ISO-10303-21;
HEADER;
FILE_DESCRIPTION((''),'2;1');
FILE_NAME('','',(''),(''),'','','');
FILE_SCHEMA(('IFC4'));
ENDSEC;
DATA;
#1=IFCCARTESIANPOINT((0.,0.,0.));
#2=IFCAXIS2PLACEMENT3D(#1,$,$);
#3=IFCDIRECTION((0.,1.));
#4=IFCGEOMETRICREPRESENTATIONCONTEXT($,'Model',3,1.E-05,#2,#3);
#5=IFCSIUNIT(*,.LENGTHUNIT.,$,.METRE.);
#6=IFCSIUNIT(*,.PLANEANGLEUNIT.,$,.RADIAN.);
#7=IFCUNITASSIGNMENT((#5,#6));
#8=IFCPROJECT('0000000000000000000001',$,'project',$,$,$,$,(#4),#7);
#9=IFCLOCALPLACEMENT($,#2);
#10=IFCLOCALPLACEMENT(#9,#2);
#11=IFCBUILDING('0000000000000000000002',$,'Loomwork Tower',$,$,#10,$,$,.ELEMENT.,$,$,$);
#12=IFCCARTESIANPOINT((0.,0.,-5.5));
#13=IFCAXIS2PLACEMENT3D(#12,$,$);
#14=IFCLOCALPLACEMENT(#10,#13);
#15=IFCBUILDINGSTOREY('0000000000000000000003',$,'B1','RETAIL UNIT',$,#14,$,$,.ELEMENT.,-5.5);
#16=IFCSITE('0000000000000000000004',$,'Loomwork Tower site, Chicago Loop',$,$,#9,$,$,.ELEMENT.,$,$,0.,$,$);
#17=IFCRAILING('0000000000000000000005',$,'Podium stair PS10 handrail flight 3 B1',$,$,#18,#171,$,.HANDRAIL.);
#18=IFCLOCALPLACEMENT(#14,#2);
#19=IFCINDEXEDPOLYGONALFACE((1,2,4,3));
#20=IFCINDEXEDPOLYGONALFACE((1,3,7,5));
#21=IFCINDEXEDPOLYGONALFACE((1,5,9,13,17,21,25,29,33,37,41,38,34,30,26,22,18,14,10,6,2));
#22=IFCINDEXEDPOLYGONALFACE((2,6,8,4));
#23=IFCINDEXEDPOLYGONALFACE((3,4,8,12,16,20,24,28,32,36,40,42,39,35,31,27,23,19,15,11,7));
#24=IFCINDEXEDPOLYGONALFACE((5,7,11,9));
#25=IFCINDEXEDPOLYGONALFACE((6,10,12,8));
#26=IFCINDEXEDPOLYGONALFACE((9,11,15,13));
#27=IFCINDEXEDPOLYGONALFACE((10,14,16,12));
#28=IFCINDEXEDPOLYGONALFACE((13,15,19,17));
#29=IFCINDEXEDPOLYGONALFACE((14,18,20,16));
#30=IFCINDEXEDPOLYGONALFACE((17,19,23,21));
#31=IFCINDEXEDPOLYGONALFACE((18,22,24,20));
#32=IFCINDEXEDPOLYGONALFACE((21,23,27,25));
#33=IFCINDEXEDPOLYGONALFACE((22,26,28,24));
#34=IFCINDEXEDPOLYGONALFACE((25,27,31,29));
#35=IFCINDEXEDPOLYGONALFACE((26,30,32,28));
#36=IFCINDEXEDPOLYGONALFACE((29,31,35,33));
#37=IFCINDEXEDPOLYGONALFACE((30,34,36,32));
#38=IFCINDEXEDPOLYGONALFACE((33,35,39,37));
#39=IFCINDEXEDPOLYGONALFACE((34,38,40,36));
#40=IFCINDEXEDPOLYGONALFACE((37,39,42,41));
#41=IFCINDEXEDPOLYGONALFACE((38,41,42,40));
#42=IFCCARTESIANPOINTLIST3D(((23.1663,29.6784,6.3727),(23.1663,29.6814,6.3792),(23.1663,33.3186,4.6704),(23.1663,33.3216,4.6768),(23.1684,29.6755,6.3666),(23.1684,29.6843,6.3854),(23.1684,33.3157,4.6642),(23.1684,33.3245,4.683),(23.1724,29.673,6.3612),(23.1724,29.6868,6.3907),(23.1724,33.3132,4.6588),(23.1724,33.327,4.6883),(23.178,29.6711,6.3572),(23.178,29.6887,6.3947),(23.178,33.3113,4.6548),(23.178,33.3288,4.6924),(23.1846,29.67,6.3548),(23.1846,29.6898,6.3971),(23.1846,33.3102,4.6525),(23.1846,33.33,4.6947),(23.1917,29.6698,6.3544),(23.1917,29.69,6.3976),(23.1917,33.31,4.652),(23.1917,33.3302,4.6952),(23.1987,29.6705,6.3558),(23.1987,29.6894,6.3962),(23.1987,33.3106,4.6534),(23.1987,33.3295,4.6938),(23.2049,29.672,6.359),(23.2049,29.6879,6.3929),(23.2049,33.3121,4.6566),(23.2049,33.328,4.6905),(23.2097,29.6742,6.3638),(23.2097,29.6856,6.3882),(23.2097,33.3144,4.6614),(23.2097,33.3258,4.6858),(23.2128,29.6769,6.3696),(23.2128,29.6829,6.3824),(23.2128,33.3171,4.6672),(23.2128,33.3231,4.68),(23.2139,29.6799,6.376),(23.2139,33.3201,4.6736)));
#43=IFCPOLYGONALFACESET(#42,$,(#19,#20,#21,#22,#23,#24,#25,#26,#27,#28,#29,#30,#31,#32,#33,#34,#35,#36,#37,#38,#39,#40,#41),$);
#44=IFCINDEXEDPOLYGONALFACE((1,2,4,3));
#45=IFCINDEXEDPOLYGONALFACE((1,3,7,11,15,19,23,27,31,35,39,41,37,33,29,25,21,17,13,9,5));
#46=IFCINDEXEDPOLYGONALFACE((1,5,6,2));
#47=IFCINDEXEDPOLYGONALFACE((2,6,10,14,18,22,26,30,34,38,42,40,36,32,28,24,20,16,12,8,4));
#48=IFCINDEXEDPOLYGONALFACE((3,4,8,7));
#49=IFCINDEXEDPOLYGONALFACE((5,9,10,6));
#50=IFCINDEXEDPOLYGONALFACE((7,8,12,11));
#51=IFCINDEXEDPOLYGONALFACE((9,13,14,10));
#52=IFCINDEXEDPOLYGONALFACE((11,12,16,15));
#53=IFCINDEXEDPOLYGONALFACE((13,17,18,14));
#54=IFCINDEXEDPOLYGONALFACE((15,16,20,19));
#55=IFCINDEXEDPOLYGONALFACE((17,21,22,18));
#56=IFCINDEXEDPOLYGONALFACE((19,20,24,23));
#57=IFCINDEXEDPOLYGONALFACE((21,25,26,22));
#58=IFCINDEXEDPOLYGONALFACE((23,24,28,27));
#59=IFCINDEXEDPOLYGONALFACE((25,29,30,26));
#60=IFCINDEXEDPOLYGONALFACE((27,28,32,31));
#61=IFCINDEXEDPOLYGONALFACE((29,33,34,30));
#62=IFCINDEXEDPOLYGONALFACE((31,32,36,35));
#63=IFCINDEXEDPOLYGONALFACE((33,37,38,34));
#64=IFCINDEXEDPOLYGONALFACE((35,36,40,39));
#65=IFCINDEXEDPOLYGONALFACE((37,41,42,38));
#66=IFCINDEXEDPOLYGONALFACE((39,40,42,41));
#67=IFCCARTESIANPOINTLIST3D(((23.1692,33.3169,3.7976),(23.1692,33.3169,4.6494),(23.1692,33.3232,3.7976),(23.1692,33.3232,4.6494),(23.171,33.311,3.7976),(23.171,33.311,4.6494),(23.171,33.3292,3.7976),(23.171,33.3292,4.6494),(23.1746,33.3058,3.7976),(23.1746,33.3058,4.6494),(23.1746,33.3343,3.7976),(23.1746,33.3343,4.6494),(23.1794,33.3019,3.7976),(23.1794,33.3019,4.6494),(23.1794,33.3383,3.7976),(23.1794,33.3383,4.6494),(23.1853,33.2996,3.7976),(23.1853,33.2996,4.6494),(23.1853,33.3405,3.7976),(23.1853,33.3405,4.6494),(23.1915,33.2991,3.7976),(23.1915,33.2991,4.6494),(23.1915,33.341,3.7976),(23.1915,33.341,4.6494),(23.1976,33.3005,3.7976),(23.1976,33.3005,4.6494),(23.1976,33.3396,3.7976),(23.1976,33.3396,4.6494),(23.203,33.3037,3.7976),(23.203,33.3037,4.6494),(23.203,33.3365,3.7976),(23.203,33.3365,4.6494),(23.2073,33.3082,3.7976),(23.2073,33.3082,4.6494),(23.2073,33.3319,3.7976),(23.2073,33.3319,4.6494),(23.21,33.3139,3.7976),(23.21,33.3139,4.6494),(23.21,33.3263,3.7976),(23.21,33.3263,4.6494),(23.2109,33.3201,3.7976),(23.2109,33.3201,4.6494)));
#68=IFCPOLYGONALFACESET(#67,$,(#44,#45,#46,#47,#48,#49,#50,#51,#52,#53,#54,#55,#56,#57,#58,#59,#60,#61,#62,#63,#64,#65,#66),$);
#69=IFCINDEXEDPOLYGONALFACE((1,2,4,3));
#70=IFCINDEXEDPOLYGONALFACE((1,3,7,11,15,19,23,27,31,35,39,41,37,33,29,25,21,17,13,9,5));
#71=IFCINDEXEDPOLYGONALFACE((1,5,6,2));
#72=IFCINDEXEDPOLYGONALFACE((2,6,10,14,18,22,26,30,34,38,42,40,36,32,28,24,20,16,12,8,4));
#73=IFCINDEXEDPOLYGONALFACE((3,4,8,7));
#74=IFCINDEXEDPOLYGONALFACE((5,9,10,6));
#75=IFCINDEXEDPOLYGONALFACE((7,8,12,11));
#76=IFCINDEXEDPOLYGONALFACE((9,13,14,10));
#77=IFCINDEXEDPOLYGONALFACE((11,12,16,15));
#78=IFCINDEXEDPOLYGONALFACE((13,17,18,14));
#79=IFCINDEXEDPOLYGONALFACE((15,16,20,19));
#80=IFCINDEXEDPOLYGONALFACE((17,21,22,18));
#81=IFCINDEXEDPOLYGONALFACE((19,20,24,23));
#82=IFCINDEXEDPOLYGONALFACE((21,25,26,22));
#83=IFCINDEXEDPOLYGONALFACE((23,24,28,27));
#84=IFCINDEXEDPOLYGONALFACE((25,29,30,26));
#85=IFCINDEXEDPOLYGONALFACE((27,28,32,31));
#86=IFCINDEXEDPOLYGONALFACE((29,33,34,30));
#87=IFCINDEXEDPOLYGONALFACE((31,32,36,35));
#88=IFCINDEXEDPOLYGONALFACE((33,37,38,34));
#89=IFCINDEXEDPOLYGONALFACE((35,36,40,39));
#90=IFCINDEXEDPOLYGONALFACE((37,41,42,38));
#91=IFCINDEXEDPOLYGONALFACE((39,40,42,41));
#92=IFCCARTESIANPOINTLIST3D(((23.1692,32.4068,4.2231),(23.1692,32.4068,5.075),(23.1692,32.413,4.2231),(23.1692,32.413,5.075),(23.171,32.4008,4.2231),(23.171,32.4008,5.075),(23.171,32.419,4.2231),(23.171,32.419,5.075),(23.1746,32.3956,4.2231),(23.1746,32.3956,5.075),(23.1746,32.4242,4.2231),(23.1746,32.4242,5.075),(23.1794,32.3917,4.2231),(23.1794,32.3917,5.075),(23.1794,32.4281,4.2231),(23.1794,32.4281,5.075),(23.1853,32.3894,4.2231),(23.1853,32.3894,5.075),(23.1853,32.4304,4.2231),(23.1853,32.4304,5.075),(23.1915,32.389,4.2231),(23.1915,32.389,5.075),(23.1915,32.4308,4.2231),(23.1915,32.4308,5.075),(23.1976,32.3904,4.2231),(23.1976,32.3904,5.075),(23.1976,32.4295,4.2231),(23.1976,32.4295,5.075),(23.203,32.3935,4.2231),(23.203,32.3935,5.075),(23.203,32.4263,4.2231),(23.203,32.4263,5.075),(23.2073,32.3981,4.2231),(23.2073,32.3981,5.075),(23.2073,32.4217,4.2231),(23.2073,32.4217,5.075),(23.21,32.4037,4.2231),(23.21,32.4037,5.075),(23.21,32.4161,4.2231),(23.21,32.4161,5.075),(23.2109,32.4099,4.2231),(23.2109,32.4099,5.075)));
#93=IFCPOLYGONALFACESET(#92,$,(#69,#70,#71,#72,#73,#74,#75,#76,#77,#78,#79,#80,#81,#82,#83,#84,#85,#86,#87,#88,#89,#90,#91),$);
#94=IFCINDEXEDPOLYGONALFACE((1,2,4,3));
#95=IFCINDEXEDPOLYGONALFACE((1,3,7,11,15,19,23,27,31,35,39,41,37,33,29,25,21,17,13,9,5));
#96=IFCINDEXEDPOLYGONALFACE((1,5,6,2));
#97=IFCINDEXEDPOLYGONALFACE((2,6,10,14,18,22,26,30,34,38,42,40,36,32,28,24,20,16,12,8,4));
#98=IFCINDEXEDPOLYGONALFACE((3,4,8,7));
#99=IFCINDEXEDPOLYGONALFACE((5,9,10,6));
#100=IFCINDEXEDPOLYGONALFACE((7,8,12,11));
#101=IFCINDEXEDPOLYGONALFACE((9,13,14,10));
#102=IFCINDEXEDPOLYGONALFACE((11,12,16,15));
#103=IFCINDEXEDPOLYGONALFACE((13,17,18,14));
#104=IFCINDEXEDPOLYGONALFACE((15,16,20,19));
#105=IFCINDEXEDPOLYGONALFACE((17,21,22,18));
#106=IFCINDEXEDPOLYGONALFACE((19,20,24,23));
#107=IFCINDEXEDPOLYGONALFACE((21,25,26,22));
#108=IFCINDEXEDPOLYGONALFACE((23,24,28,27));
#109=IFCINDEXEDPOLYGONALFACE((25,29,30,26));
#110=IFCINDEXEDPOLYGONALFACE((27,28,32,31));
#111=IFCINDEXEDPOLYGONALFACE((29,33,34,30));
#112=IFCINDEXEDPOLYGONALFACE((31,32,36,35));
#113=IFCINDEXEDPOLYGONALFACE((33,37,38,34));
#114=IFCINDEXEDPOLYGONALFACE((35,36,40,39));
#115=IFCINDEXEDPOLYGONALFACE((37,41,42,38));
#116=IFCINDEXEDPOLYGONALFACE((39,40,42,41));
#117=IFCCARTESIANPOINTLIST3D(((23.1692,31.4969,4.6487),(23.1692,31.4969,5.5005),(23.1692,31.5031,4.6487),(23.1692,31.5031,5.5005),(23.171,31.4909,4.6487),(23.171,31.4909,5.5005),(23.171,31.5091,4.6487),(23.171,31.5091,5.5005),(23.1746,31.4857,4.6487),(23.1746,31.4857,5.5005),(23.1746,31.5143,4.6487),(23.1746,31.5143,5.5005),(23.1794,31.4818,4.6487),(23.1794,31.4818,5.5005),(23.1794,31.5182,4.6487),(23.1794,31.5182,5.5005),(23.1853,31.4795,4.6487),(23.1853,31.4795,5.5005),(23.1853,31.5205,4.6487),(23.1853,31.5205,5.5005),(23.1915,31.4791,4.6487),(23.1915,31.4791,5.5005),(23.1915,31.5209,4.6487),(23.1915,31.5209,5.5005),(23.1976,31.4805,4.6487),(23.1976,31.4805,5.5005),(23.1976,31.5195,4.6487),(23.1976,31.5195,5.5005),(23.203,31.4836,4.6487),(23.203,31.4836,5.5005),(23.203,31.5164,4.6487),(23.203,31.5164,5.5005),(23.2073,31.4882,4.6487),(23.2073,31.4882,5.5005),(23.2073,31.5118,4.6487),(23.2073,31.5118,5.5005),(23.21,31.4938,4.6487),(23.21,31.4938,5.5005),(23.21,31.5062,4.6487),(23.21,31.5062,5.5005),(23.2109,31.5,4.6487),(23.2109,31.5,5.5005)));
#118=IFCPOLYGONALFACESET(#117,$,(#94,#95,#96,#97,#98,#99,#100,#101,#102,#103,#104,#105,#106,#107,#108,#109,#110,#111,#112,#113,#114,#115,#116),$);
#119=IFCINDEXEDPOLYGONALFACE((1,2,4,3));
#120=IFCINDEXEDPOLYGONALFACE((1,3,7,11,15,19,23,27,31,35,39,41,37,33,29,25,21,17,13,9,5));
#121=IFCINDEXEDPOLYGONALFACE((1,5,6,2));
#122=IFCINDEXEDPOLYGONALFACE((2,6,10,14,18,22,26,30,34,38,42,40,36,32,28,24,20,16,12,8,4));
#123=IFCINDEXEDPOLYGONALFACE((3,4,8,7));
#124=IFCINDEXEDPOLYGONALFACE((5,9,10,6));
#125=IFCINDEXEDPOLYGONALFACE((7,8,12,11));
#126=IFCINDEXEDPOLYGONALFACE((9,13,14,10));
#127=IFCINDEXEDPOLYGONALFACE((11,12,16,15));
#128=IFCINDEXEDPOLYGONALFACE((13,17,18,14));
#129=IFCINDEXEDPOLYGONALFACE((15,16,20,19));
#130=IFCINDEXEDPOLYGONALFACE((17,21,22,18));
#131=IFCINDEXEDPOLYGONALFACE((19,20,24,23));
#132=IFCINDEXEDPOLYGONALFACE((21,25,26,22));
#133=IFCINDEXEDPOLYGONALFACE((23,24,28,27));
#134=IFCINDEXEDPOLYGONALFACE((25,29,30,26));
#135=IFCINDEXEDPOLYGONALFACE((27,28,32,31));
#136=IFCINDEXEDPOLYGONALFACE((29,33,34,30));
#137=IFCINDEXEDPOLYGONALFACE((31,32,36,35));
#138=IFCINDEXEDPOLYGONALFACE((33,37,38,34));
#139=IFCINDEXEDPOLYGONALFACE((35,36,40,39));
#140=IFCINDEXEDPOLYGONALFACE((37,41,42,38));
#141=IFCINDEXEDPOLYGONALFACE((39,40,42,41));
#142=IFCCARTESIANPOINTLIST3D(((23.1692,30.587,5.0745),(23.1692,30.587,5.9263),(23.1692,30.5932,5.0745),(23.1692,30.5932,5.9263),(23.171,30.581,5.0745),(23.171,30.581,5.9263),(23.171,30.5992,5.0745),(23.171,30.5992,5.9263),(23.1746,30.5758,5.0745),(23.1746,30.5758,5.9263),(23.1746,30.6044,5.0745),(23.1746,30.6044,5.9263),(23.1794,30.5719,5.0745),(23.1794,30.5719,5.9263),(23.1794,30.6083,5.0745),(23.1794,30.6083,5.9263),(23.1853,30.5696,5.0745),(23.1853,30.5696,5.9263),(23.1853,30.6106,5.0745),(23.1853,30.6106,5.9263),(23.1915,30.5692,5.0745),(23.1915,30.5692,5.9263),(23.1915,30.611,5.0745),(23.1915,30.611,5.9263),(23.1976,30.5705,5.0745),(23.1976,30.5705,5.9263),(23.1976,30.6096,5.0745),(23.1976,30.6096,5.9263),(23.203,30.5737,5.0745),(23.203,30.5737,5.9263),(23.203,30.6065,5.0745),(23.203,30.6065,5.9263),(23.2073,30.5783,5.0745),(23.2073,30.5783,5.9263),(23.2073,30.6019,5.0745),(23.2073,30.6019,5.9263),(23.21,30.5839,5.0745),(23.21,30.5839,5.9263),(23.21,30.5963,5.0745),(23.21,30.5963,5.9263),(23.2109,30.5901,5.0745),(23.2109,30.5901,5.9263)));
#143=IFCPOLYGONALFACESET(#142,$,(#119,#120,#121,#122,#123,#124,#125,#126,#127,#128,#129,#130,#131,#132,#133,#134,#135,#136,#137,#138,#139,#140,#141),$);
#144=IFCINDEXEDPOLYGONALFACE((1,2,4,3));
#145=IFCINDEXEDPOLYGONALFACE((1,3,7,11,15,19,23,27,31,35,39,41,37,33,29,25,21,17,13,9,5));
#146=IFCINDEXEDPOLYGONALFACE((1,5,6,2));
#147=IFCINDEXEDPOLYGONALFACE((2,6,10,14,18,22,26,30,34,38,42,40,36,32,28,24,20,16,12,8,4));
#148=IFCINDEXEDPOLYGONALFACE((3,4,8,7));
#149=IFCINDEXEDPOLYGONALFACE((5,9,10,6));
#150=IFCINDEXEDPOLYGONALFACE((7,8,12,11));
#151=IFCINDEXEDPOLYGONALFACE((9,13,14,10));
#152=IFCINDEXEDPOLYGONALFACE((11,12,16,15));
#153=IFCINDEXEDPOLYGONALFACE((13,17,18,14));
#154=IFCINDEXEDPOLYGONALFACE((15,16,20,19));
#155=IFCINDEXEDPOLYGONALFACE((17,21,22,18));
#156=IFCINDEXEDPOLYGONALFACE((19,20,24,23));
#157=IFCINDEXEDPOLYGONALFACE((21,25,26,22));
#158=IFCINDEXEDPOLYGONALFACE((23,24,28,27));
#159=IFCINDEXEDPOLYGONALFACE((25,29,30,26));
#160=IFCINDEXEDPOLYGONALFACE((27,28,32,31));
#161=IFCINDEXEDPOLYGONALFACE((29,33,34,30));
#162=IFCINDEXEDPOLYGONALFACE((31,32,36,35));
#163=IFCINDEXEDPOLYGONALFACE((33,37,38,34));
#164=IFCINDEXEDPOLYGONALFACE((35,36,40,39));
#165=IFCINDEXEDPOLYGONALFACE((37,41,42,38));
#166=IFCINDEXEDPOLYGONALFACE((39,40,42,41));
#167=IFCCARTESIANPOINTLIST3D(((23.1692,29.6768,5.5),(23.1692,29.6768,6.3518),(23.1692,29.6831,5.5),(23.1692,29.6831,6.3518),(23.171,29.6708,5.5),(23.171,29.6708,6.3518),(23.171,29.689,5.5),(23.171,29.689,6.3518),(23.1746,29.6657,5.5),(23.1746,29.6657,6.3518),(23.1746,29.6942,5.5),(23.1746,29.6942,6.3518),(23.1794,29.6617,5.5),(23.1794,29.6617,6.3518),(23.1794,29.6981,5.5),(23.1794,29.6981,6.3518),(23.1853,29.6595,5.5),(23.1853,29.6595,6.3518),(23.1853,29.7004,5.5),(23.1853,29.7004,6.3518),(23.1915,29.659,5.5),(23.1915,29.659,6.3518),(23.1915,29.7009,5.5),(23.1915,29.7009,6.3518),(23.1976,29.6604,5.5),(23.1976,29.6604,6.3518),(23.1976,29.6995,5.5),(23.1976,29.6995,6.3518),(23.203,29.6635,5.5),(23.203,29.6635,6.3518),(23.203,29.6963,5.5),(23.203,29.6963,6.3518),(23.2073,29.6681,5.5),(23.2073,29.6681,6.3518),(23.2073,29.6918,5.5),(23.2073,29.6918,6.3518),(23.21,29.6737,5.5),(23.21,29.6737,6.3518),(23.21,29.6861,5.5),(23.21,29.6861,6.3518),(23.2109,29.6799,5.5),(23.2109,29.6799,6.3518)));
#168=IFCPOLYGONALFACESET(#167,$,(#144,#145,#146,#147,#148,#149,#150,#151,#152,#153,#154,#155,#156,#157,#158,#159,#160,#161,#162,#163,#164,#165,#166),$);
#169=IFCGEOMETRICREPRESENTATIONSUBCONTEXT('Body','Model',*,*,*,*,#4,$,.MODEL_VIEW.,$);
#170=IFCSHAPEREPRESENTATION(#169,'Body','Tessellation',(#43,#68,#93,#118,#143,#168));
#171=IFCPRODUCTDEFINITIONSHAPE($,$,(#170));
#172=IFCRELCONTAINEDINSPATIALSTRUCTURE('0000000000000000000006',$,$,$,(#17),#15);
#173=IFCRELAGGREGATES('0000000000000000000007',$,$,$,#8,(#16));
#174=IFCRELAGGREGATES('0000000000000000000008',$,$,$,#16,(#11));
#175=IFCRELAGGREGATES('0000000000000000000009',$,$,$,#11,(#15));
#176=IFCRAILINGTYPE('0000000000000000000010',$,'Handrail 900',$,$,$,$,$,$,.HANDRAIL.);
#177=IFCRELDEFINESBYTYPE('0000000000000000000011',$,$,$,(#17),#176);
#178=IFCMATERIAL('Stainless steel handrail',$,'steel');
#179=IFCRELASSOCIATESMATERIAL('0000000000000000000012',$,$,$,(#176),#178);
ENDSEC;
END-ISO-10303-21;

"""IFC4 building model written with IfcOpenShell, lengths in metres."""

from ifc_helpers import new_model, si_unit, direction, frame, origin, origin_2d, place, context, subcontext, project, spatial, circle, extrude, material, type_object, element, save


model = new_model("IFC4")

# Units and contexts
model_context = context("Model", 3, precision=1e-05, world=origin(), true_north=direction((0.0, 1.0)))
body_context = subcontext(model_context, "Body", "Model", "MODEL_VIEW")
ifc_project = project(units=[si_unit("LENGTHUNIT", "METRE"), si_unit("PLANEANGLEUNIT", "RADIAN")], contexts=[model_context])

# Site, building, storey
site_placement = place(None, origin())
site = spatial("IfcSite", under=ifc_project, at=site_placement, Name="Loomwork Tower site, Chicago Loop", CompositionType="ELEMENT", RefElevation=0.0)
building_placement = place(site_placement, origin())
building = spatial("IfcBuilding", under=site, at=building_placement, Name="Loomwork Tower", CompositionType="ELEMENT")
storey_placement = place(building_placement, frame((0.0, 0.0, -5.5)))
storey = spatial("IfcBuildingStorey", under=building, at=storey_placement, Name="B1", Description="RETAIL UNIT", CompositionType="ELEMENT", Elevation=-5.5)

# Railing
ifc_material_1 = material(Name="Stainless steel handrail", Category="steel")
railing_type = type_object("IfcRailingType", Name="Handrail 900", PredefinedType="HANDRAIL", material=ifc_material_1)
railing_1_placement = place(storey_placement, frame((23.1899, 33.3201, 3.7976)))
element("IfcRailing", 1, at=railing_1_placement, inside=storey, type_object=railing_type, Name="Podium stair PS10 handrail flight 3 B1", PredefinedType="HANDRAIL", context=body_context, shape_type="SweptSolid", body=[
    extrude(circle(Radius=0.0239, at=origin_2d()), frame((0.0, 0.0, 0.876), z_axis=(0.0, -0.905834, 0.423634), x_axis=(1.0, 0.0, 0.0)), (0.0, 0.0, 1.0), 4.0186),
    extrude(circle(Radius=0.021, at=origin_2d()), origin(), (0.0, 0.0, 1.0), 0.8518),
    extrude(circle(Radius=0.021, at=origin_2d()), frame((0.0, -0.9102, 0.4255)), (0.0, 0.0, 1.0), 0.8518),
    extrude(circle(Radius=0.021, at=origin_2d()), frame((0.0, -1.8201, 0.8511)), (0.0, 0.0, 1.0), 0.8518),
    extrude(circle(Radius=0.021, at=origin_2d()), frame((0.0, -2.73, 1.2769)), (0.0, 0.0, 1.0), 0.8518),
    extrude(circle(Radius=0.021, at=origin_2d()), frame((0.0, -3.6401, 1.7024)), (0.0, 0.0, 1.0), 0.8518),
])

save(model, "model.ifc")
